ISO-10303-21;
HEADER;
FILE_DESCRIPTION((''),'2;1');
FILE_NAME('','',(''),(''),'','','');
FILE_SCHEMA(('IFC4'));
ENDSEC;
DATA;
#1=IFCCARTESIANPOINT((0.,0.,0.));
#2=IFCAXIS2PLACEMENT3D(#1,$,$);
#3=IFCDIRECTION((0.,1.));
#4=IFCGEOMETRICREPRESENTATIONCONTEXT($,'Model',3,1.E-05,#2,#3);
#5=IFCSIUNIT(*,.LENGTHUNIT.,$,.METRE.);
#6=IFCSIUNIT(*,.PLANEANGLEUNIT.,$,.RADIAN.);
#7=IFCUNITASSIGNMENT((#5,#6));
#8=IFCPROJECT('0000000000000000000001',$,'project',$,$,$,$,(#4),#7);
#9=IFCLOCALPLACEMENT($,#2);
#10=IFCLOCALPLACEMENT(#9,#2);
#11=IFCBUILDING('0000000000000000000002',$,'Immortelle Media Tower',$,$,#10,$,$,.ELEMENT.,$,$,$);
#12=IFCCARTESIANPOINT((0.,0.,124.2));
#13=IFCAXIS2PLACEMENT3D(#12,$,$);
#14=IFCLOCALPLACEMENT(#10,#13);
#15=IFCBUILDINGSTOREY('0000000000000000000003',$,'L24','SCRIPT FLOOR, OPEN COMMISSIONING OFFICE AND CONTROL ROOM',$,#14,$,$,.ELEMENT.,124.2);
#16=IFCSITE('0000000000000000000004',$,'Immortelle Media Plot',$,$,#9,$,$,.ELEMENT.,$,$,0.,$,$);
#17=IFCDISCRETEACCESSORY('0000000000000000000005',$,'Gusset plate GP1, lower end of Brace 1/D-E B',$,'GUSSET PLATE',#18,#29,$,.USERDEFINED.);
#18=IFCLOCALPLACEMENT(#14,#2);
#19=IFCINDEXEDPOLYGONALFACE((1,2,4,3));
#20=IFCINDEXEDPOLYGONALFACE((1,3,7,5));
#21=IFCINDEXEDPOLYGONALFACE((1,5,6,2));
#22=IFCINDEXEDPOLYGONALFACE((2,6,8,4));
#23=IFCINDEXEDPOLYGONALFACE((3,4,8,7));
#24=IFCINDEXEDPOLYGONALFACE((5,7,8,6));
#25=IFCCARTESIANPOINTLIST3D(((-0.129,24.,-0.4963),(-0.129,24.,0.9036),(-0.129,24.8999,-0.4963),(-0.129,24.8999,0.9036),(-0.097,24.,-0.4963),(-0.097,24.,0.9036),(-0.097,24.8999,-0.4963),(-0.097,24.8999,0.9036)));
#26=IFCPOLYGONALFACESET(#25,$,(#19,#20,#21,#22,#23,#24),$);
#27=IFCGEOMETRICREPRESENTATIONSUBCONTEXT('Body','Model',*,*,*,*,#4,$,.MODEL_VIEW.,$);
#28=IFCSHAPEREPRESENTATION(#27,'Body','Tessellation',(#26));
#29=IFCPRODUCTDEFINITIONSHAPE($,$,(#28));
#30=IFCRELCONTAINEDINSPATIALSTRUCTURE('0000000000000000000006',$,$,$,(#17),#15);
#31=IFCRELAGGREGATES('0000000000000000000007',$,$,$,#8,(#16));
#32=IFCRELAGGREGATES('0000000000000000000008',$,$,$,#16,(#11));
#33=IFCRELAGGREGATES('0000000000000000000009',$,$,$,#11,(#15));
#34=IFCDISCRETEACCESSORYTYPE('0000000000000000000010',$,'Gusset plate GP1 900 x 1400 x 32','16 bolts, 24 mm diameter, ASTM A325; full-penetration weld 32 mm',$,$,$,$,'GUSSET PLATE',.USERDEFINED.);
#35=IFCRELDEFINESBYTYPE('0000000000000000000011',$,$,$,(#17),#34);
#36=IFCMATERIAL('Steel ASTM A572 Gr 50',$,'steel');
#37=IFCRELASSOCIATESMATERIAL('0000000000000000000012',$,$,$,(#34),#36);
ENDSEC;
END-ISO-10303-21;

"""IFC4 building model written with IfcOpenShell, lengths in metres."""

from ifc_helpers import new_model, si_unit, direction, frame, origin, origin_2d, place, context, subcontext, project, spatial, rectangle, extrude, material, material_profile, profile_set, type_object, element, save


model = new_model("IFC4")

# Units and contexts
model_context = context("Model", 3, precision=1e-05, world=origin(), true_north=direction((0.0, 1.0)))
body_context = subcontext(model_context, "Body", "Model", "MODEL_VIEW")
ifc_project = project(units=[si_unit("LENGTHUNIT", "METRE"), si_unit("PLANEANGLEUNIT", "RADIAN")], contexts=[model_context])

# Site, building, storey
site_placement = place(None, origin())
site = spatial("IfcSite", under=ifc_project, at=site_placement, Name="Immortelle Media Plot", CompositionType="ELEMENT", RefElevation=0.0)
building_placement = place(site_placement, origin())
building = spatial("IfcBuilding", under=site, at=building_placement, Name="Immortelle Media Tower", CompositionType="ELEMENT")
storey_placement = place(building_placement, frame((0.0, 0.0, 124.2)))
storey = spatial("IfcBuildingStorey", under=building, at=storey_placement, Name="L24", Description="SCRIPT FLOOR, OPEN COMMISSIONING OFFICE AND CONTROL ROOM", CompositionType="ELEMENT", Elevation=124.2)

# Discrete accessory
ifc_material_1 = material(Name="Steel ASTM A572 Gr 50", Category="steel")
ifc_material_profile_1 = material_profile(ifc_material_1, rectangle(XDim=0.032, YDim=1.3999, at=origin_2d()), Name="PL 32 x 1400")
ifc_profile_set_1 = profile_set([ifc_material_profile_1], Name="Steel ASTM A572 Gr 50")
discrete_accessory_type = type_object("IfcDiscreteAccessoryType", Name="Gusset plate GP1 900 x 1400 x 32", Description="16 bolts, 24 mm diameter, ASTM A325; full-penetration weld 32 mm", ElementType="GUSSET PLATE", PredefinedType="USERDEFINED", material=ifc_profile_set_1)
for number, where, z_axis, x_axis, name in (
    (1, (-0.113, 24.0, 0.2036), (0.0, 1.0, 0.0), (-1.0, 0.0, 0.0), "Gusset plate GP1, lower end of Brace 1/D-E B"),
):
    element("IfcDiscreteAccessory", number, at=place(storey_placement, frame(where, z_axis=z_axis, x_axis=x_axis)), inside=storey, type_object=discrete_accessory_type, Name=name, ObjectType="GUSSET PLATE", PredefinedType="USERDEFINED", context=body_context, shape_type="SweptSolid", body=[
        extrude(rectangle(XDim=0.032, YDim=1.3999, at=origin_2d()), origin(), (0.0, 0.0, 1.0), 0.8999),
    ])

save(model, "model.ifc")
